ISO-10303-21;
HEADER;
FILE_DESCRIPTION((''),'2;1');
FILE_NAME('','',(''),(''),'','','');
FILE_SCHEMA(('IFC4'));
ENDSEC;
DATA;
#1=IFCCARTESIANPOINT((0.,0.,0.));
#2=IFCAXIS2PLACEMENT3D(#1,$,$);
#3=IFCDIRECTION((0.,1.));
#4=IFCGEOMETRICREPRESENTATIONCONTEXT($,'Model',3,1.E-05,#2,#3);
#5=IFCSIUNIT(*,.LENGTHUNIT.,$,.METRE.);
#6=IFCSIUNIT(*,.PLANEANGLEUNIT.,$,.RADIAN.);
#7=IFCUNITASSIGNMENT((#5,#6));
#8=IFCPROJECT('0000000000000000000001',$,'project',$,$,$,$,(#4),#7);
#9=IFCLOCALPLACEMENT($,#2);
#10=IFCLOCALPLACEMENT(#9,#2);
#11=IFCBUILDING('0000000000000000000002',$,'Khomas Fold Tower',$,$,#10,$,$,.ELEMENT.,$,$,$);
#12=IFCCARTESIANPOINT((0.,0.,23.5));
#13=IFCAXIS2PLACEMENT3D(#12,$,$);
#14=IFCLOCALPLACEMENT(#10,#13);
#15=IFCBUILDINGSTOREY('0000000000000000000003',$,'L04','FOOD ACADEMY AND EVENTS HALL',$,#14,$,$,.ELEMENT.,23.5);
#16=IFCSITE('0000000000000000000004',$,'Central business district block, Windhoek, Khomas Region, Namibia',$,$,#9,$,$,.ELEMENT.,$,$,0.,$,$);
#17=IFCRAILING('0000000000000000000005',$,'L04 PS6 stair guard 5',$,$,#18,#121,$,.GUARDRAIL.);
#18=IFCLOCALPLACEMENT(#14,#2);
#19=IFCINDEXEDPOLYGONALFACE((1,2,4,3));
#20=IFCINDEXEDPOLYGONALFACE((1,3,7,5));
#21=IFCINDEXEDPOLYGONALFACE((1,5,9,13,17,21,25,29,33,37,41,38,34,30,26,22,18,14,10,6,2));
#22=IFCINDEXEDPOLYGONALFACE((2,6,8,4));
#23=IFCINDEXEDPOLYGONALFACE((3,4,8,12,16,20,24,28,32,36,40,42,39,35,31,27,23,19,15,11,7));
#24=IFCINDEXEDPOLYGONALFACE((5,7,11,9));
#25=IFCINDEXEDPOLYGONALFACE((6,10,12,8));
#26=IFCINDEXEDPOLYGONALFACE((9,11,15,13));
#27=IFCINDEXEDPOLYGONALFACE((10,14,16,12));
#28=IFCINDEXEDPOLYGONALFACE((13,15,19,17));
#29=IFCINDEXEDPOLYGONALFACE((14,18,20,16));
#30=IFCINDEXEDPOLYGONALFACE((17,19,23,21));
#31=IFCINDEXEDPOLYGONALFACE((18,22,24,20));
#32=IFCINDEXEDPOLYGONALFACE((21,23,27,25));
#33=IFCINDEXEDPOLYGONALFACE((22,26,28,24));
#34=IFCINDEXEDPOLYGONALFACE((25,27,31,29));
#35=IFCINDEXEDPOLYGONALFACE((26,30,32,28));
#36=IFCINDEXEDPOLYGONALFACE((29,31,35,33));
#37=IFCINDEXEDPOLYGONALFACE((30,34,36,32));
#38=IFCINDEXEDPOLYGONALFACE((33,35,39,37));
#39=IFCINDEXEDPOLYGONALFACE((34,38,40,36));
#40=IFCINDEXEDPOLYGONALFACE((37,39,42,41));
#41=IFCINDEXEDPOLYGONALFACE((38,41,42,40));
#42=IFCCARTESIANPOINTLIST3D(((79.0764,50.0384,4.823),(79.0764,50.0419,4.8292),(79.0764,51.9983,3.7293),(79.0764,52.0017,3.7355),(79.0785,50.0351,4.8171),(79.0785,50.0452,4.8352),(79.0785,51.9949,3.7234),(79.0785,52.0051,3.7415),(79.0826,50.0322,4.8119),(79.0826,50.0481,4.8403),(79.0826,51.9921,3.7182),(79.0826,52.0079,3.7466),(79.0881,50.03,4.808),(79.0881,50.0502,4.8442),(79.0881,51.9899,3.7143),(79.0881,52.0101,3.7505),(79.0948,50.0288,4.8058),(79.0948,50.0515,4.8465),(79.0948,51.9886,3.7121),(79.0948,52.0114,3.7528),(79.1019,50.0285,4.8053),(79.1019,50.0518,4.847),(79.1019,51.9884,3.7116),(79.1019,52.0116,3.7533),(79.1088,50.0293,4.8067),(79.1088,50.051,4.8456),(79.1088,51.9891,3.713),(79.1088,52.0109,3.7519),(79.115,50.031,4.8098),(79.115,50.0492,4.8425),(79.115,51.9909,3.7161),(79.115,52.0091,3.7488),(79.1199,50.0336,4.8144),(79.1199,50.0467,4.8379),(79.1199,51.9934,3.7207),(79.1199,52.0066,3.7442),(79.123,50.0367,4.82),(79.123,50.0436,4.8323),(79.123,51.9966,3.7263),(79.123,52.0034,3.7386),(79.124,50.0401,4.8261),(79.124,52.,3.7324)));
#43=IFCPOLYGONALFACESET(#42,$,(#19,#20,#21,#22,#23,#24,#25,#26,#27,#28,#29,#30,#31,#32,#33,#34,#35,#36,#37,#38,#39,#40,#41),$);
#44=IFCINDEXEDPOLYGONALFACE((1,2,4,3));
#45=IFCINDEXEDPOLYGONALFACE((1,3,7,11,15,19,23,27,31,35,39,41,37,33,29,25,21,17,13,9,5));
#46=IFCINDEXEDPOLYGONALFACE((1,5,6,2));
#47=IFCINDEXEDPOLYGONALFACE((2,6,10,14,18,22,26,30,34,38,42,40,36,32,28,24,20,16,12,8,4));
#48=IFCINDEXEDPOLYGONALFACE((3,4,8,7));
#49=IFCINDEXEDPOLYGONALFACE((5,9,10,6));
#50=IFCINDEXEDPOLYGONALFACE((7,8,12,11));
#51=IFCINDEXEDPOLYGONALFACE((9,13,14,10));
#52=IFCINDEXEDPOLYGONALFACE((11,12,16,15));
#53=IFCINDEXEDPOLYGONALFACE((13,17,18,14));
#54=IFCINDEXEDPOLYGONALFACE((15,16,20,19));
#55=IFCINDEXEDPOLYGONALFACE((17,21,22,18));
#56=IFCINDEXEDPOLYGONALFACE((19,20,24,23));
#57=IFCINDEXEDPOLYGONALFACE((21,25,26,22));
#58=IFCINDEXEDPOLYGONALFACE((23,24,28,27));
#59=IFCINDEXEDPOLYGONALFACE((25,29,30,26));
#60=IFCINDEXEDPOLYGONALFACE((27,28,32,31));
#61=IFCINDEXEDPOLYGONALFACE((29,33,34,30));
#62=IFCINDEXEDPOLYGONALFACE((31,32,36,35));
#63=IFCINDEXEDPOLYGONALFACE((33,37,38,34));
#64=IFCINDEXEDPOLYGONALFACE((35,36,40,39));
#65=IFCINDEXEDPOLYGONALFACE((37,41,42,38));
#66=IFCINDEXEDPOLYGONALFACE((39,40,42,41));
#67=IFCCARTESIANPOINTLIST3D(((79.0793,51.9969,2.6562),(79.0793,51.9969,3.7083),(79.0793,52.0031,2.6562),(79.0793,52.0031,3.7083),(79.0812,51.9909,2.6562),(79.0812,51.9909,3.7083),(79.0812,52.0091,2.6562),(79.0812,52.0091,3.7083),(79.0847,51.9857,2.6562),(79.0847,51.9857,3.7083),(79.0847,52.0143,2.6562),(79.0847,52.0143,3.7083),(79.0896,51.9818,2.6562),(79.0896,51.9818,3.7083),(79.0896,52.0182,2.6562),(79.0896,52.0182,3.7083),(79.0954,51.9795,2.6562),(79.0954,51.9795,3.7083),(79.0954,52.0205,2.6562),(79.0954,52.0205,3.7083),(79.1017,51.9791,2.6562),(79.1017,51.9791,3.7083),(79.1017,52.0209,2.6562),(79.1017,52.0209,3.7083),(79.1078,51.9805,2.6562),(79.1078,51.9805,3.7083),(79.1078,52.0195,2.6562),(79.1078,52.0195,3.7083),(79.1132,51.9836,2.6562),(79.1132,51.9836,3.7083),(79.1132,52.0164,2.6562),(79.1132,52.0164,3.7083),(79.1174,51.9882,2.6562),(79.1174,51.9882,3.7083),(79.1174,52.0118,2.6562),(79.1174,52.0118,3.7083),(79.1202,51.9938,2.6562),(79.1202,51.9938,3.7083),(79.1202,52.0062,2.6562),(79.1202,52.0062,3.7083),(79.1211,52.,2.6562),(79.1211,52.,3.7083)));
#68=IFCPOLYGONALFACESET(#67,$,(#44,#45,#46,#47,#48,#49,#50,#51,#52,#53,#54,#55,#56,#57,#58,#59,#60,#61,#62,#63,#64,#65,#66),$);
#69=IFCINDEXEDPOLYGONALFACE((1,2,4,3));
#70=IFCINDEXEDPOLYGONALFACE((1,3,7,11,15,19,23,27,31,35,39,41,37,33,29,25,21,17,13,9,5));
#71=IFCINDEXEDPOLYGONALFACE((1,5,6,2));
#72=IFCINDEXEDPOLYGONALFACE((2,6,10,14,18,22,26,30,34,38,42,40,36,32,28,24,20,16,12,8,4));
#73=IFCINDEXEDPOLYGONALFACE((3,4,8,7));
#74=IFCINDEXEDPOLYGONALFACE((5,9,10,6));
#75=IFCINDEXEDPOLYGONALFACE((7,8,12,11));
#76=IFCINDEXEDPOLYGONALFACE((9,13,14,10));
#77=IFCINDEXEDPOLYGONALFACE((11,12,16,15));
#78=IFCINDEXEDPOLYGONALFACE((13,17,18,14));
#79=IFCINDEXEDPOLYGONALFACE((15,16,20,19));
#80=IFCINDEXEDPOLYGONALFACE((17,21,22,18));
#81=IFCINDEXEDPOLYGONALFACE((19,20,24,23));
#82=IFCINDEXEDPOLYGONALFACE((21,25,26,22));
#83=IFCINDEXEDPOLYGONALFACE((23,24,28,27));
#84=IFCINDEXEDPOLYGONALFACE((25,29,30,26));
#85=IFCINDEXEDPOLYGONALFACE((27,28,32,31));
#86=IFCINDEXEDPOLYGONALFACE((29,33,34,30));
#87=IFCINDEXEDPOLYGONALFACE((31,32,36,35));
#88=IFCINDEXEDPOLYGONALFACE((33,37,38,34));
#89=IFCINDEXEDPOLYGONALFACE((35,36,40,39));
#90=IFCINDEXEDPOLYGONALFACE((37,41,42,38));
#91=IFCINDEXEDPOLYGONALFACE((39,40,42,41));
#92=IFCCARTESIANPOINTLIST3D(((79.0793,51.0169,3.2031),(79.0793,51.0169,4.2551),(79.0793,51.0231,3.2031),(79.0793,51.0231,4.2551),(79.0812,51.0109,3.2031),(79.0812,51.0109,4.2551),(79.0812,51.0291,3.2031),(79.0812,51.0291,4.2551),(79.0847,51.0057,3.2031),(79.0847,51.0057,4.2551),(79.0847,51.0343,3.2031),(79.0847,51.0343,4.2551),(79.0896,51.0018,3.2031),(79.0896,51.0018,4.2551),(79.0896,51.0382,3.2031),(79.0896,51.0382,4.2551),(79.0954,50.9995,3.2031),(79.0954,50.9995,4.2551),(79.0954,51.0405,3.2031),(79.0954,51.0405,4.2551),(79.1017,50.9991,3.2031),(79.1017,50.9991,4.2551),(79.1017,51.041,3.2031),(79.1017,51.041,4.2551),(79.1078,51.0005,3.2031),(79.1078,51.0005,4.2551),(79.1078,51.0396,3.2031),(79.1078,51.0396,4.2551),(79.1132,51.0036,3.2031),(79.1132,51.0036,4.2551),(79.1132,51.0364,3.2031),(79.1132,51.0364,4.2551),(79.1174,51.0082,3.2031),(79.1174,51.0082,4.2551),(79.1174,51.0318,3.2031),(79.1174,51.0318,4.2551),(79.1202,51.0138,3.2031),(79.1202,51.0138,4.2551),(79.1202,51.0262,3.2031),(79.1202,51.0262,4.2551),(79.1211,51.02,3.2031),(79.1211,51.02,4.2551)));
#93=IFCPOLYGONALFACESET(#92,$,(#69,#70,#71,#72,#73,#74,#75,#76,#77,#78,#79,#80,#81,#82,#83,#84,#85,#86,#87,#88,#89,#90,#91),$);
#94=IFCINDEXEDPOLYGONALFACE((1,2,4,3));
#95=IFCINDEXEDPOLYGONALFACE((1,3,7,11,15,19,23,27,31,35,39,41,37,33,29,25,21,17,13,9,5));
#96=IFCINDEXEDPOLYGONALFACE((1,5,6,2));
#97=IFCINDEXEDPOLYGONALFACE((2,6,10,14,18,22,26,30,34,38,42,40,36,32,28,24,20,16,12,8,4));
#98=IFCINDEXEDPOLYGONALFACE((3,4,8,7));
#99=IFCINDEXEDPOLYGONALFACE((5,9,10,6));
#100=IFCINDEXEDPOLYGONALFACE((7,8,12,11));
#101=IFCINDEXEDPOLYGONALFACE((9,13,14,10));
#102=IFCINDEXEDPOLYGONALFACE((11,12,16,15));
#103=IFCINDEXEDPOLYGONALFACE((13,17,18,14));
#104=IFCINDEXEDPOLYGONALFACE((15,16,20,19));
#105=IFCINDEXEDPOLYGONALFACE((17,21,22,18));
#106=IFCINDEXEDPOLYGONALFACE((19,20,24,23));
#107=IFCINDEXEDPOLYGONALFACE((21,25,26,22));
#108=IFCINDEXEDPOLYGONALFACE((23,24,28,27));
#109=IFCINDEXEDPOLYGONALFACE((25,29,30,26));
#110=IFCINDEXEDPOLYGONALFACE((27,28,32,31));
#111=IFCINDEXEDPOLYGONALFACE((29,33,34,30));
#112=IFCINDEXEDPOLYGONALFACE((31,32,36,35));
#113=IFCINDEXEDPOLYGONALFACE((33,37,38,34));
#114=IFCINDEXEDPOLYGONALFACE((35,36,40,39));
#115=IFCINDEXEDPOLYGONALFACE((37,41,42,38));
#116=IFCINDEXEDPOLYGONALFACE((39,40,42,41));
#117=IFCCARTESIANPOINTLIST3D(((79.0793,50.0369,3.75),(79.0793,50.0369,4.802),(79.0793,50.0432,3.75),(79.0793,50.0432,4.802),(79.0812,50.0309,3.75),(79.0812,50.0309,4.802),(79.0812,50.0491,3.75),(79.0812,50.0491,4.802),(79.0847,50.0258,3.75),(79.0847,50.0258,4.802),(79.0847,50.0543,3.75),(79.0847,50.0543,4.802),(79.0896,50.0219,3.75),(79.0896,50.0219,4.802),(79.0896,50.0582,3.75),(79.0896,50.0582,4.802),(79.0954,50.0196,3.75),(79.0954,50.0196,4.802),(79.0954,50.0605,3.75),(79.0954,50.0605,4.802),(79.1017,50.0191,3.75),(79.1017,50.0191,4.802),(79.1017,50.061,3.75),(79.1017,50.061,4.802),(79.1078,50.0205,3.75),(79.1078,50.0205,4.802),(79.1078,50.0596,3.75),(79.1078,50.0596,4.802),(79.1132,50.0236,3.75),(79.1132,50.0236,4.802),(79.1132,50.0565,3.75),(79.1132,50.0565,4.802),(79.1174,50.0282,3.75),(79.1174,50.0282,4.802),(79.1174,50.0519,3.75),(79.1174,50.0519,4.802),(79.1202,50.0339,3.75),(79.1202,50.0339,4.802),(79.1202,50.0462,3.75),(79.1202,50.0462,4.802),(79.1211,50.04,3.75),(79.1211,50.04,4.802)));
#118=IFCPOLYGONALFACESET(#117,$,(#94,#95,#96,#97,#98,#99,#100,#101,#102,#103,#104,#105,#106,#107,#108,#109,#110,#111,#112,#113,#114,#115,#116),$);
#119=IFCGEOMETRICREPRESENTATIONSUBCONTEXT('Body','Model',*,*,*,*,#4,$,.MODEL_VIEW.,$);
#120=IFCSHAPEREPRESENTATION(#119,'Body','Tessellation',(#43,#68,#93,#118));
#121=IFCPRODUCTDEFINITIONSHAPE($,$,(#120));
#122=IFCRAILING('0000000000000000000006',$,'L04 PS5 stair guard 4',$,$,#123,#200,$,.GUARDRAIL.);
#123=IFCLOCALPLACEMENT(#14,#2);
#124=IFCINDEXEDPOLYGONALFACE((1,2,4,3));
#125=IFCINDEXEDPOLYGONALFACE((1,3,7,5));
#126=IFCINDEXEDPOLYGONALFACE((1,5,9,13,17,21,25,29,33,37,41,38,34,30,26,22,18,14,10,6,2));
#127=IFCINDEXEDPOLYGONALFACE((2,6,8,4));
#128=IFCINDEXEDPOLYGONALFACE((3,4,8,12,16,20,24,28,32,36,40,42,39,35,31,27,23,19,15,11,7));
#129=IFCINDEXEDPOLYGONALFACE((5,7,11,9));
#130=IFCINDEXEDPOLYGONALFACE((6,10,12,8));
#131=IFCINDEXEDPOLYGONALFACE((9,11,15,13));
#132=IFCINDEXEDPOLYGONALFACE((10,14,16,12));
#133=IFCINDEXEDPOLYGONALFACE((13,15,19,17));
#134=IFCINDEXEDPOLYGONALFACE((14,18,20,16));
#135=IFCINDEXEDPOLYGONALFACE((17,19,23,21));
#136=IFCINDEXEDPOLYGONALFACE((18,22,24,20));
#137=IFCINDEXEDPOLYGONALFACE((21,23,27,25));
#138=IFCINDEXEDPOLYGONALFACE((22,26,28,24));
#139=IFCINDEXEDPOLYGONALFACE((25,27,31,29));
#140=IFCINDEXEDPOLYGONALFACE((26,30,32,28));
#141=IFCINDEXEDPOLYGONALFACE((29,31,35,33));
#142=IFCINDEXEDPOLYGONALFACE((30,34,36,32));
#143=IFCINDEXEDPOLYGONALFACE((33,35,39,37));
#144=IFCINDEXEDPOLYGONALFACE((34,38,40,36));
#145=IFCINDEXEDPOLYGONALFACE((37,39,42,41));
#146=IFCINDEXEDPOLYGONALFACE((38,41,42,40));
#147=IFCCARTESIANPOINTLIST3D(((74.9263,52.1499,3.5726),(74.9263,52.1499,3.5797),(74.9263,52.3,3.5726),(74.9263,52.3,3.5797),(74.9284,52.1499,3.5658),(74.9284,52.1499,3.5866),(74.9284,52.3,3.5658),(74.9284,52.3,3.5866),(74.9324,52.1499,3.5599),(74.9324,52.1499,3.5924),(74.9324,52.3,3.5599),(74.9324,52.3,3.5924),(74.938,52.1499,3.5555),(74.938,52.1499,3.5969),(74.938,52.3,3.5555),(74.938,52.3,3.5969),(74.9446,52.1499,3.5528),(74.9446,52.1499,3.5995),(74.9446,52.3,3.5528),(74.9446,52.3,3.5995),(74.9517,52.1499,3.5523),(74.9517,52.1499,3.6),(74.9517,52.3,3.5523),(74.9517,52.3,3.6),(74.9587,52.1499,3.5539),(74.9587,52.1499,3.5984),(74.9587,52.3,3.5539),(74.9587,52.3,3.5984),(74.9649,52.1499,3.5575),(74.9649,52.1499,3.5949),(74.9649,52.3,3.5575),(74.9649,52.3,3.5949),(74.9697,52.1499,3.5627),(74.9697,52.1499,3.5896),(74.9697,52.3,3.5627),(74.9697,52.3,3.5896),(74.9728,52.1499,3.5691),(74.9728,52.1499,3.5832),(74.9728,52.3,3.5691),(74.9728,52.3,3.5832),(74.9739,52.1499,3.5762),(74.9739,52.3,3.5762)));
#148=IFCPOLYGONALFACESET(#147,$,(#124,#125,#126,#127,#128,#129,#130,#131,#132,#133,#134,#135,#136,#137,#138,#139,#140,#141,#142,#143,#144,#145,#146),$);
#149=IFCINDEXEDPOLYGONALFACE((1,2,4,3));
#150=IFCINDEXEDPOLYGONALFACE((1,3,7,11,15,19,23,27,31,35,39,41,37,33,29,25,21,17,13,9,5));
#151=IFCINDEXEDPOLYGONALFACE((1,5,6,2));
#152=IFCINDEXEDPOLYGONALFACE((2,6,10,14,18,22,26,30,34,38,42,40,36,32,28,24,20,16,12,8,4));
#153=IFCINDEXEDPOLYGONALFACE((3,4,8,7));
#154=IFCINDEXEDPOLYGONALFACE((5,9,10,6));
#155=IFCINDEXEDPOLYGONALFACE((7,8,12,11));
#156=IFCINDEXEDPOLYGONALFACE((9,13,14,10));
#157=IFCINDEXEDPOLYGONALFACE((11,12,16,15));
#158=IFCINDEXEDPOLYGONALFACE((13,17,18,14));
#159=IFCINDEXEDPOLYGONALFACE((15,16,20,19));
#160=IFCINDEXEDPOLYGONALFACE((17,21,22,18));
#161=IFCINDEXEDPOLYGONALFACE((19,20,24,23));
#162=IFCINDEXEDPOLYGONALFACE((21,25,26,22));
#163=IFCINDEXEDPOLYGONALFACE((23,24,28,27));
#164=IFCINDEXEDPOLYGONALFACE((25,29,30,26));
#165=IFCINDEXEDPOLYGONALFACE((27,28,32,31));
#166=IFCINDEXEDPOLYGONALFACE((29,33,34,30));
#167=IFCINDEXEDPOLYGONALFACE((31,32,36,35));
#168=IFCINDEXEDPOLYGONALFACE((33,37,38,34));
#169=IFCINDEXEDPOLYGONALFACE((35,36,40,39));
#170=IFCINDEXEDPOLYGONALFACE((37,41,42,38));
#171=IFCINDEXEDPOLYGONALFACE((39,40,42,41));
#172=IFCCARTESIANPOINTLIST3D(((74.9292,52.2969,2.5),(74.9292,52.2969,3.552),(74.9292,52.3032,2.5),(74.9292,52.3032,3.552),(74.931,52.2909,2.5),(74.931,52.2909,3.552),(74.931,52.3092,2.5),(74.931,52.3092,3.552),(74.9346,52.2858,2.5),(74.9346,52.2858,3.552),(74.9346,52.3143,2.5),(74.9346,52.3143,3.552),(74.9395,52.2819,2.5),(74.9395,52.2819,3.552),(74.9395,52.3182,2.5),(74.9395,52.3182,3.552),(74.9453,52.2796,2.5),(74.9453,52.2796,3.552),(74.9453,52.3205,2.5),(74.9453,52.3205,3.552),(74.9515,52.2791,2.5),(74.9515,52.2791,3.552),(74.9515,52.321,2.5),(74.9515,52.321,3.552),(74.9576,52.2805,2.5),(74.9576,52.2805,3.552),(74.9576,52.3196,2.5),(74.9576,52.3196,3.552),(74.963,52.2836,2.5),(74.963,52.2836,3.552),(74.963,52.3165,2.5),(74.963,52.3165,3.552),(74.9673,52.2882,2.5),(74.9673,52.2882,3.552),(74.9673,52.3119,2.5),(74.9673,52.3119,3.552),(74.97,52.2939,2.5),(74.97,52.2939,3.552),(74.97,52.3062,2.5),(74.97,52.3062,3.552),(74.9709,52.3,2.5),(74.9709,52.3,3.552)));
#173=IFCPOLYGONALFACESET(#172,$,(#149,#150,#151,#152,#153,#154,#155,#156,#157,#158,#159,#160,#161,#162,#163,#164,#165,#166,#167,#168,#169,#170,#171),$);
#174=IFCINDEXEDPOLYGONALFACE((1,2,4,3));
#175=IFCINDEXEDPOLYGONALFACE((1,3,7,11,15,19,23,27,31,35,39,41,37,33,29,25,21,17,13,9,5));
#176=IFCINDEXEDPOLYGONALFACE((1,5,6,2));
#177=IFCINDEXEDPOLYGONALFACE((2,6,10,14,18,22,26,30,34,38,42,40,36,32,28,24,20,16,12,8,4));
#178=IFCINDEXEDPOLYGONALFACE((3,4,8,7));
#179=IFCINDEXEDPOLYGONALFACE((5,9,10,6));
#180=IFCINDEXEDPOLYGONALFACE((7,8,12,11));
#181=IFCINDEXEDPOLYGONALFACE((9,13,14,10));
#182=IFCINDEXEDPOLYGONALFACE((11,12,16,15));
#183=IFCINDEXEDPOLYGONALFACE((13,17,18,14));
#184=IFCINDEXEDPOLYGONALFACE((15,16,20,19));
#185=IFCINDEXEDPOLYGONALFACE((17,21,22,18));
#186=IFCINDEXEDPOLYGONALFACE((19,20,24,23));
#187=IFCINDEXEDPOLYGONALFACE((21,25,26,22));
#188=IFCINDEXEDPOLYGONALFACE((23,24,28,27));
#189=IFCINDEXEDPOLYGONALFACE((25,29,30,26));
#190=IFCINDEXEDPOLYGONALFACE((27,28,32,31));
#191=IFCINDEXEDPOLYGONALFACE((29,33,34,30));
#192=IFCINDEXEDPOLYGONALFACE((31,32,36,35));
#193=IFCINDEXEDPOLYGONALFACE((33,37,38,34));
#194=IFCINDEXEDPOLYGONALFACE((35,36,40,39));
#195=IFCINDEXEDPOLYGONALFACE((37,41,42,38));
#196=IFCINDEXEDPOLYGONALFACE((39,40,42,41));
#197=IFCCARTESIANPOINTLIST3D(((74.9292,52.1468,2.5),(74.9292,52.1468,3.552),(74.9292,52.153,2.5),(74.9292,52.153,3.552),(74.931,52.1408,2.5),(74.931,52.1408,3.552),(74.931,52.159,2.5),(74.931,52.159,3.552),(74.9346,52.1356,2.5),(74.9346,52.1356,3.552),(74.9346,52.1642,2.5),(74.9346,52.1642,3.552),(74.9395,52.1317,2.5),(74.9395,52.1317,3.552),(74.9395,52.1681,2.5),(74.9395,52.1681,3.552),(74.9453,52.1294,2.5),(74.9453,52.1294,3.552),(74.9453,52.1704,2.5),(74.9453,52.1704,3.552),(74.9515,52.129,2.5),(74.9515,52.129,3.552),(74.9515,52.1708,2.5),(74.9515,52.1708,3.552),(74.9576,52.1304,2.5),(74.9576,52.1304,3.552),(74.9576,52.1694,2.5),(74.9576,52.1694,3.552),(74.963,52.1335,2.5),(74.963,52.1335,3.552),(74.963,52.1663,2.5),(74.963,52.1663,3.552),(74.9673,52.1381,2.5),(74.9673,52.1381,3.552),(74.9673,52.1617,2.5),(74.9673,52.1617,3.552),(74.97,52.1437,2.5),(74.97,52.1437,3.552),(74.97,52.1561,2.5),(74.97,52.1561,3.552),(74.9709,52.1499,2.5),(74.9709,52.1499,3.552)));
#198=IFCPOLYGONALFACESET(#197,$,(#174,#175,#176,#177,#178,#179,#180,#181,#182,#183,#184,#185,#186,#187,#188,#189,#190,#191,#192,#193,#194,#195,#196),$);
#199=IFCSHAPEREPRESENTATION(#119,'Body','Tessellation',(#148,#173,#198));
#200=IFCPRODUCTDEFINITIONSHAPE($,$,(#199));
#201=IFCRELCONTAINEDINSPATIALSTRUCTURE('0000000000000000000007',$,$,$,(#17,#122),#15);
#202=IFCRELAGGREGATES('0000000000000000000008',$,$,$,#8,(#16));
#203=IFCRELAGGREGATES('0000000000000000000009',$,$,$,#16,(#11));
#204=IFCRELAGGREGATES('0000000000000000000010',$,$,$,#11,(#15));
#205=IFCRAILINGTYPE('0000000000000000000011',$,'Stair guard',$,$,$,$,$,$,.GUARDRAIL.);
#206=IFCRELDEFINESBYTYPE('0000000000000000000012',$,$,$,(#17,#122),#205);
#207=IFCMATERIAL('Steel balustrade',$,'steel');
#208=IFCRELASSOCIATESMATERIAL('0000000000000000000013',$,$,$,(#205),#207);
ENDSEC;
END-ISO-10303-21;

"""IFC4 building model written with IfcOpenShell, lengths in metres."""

from ifc_helpers import new_model, si_unit, direction, frame, origin, origin_2d, place, context, subcontext, project, spatial, circle, extrude, source, transform, mapped, material, type_object, element, save


model = new_model("IFC4")

# Units and contexts
model_context = context("Model", 3, precision=1e-05, world=origin(), true_north=direction((0.0, 1.0)))
body_context = subcontext(model_context, "Body", "Model", "MODEL_VIEW")
ifc_project = project(units=[si_unit("LENGTHUNIT", "METRE"), si_unit("PLANEANGLEUNIT", "RADIAN")], contexts=[model_context])

# Site, building, storey
site_placement = place(None, origin())
site = spatial("IfcSite", under=ifc_project, at=site_placement, Name="Central business district block, Windhoek, Khomas Region, Namibia", CompositionType="ELEMENT", RefElevation=0.0)
building_placement = place(site_placement, origin())
building = spatial("IfcBuilding", under=site, at=building_placement, Name="Khomas Fold Tower", CompositionType="ELEMENT")
storey_placement = place(building_placement, frame((0.0, 0.0, 23.5)))
storey = spatial("IfcBuildingStorey", under=building, at=storey_placement, Name="L04", Description="FOOD ACADEMY AND EVENTS HALL", CompositionType="ELEMENT", Elevation=23.5)

# Railings
ifc_material_1 = material(Name="Steel balustrade", Category="steel")
railing_type_1 = type_object("IfcRailingType", Name="Stair guard", PredefinedType="GUARDRAIL", material=ifc_material_1)
shared_shape_1 = source(origin(), body_context, "Body", "SweptSolid", [
    extrude(circle(Radius=0.0239, at=origin_2d()), frame((0.0, 0.0, 1.0762), z_axis=(0.0, -0.873232, 0.487304), x_axis=(1.0, 0.0, 0.0)), (0.0, 0.0, 1.0), 2.2444),
    extrude(circle(Radius=0.021, at=origin_2d()), origin(), (0.0, 0.0, 1.0), 1.052),
    extrude(circle(Radius=0.021, at=origin_2d()), frame((0.0, -0.98, 0.5469)), (0.0, 0.0, 1.0), 1.052),
    extrude(circle(Radius=0.021, at=origin_2d()), frame((0.0, -1.96, 1.0938)), (0.0, 0.0, 1.0), 1.052),
])
railing_placement = place(storey_placement, frame((79.1001, 52.0, 2.6562)))
element("IfcRailing", 1, at=railing_placement, inside=storey, type_object=railing_type_1, Name="L04 PS6 stair guard 5", PredefinedType="GUARDRAIL", context=body_context, shape_type="MappedRepresentation", body=[
    mapped(shared_shape_1, transform((0.0, 0.0, 0.0))),
])
shared_shape_2 = source(origin(), body_context, "Body", "SweptSolid", [
    extrude(circle(Radius=0.0239, at=origin_2d()), frame((0.0, 0.0, 1.0762), z_axis=(0.0, -1.0, 0.0), x_axis=(1.0, 0.0, 0.0)), (0.0, 0.0, 1.0), 0.1501),
    extrude(circle(Radius=0.021, at=origin_2d()), origin(), (0.0, 0.0, 1.0), 1.052),
    extrude(circle(Radius=0.021, at=origin_2d()), frame((0.0, -0.1501, 0.0)), (0.0, 0.0, 1.0), 1.052),
])
for number, where, name in (
    (2, (74.95, 52.3, 2.5), "L04 PS5 stair guard 4"),
):
    element("IfcRailing", number, at=place(storey_placement, frame(where)), inside=storey, type_object=railing_type_1, Name=name, PredefinedType="GUARDRAIL", context=body_context, shape_type="MappedRepresentation", body=[
        mapped(shared_shape_2, transform((0.0, 0.0, 0.0))),
    ])

save(model, "model.ifc")
